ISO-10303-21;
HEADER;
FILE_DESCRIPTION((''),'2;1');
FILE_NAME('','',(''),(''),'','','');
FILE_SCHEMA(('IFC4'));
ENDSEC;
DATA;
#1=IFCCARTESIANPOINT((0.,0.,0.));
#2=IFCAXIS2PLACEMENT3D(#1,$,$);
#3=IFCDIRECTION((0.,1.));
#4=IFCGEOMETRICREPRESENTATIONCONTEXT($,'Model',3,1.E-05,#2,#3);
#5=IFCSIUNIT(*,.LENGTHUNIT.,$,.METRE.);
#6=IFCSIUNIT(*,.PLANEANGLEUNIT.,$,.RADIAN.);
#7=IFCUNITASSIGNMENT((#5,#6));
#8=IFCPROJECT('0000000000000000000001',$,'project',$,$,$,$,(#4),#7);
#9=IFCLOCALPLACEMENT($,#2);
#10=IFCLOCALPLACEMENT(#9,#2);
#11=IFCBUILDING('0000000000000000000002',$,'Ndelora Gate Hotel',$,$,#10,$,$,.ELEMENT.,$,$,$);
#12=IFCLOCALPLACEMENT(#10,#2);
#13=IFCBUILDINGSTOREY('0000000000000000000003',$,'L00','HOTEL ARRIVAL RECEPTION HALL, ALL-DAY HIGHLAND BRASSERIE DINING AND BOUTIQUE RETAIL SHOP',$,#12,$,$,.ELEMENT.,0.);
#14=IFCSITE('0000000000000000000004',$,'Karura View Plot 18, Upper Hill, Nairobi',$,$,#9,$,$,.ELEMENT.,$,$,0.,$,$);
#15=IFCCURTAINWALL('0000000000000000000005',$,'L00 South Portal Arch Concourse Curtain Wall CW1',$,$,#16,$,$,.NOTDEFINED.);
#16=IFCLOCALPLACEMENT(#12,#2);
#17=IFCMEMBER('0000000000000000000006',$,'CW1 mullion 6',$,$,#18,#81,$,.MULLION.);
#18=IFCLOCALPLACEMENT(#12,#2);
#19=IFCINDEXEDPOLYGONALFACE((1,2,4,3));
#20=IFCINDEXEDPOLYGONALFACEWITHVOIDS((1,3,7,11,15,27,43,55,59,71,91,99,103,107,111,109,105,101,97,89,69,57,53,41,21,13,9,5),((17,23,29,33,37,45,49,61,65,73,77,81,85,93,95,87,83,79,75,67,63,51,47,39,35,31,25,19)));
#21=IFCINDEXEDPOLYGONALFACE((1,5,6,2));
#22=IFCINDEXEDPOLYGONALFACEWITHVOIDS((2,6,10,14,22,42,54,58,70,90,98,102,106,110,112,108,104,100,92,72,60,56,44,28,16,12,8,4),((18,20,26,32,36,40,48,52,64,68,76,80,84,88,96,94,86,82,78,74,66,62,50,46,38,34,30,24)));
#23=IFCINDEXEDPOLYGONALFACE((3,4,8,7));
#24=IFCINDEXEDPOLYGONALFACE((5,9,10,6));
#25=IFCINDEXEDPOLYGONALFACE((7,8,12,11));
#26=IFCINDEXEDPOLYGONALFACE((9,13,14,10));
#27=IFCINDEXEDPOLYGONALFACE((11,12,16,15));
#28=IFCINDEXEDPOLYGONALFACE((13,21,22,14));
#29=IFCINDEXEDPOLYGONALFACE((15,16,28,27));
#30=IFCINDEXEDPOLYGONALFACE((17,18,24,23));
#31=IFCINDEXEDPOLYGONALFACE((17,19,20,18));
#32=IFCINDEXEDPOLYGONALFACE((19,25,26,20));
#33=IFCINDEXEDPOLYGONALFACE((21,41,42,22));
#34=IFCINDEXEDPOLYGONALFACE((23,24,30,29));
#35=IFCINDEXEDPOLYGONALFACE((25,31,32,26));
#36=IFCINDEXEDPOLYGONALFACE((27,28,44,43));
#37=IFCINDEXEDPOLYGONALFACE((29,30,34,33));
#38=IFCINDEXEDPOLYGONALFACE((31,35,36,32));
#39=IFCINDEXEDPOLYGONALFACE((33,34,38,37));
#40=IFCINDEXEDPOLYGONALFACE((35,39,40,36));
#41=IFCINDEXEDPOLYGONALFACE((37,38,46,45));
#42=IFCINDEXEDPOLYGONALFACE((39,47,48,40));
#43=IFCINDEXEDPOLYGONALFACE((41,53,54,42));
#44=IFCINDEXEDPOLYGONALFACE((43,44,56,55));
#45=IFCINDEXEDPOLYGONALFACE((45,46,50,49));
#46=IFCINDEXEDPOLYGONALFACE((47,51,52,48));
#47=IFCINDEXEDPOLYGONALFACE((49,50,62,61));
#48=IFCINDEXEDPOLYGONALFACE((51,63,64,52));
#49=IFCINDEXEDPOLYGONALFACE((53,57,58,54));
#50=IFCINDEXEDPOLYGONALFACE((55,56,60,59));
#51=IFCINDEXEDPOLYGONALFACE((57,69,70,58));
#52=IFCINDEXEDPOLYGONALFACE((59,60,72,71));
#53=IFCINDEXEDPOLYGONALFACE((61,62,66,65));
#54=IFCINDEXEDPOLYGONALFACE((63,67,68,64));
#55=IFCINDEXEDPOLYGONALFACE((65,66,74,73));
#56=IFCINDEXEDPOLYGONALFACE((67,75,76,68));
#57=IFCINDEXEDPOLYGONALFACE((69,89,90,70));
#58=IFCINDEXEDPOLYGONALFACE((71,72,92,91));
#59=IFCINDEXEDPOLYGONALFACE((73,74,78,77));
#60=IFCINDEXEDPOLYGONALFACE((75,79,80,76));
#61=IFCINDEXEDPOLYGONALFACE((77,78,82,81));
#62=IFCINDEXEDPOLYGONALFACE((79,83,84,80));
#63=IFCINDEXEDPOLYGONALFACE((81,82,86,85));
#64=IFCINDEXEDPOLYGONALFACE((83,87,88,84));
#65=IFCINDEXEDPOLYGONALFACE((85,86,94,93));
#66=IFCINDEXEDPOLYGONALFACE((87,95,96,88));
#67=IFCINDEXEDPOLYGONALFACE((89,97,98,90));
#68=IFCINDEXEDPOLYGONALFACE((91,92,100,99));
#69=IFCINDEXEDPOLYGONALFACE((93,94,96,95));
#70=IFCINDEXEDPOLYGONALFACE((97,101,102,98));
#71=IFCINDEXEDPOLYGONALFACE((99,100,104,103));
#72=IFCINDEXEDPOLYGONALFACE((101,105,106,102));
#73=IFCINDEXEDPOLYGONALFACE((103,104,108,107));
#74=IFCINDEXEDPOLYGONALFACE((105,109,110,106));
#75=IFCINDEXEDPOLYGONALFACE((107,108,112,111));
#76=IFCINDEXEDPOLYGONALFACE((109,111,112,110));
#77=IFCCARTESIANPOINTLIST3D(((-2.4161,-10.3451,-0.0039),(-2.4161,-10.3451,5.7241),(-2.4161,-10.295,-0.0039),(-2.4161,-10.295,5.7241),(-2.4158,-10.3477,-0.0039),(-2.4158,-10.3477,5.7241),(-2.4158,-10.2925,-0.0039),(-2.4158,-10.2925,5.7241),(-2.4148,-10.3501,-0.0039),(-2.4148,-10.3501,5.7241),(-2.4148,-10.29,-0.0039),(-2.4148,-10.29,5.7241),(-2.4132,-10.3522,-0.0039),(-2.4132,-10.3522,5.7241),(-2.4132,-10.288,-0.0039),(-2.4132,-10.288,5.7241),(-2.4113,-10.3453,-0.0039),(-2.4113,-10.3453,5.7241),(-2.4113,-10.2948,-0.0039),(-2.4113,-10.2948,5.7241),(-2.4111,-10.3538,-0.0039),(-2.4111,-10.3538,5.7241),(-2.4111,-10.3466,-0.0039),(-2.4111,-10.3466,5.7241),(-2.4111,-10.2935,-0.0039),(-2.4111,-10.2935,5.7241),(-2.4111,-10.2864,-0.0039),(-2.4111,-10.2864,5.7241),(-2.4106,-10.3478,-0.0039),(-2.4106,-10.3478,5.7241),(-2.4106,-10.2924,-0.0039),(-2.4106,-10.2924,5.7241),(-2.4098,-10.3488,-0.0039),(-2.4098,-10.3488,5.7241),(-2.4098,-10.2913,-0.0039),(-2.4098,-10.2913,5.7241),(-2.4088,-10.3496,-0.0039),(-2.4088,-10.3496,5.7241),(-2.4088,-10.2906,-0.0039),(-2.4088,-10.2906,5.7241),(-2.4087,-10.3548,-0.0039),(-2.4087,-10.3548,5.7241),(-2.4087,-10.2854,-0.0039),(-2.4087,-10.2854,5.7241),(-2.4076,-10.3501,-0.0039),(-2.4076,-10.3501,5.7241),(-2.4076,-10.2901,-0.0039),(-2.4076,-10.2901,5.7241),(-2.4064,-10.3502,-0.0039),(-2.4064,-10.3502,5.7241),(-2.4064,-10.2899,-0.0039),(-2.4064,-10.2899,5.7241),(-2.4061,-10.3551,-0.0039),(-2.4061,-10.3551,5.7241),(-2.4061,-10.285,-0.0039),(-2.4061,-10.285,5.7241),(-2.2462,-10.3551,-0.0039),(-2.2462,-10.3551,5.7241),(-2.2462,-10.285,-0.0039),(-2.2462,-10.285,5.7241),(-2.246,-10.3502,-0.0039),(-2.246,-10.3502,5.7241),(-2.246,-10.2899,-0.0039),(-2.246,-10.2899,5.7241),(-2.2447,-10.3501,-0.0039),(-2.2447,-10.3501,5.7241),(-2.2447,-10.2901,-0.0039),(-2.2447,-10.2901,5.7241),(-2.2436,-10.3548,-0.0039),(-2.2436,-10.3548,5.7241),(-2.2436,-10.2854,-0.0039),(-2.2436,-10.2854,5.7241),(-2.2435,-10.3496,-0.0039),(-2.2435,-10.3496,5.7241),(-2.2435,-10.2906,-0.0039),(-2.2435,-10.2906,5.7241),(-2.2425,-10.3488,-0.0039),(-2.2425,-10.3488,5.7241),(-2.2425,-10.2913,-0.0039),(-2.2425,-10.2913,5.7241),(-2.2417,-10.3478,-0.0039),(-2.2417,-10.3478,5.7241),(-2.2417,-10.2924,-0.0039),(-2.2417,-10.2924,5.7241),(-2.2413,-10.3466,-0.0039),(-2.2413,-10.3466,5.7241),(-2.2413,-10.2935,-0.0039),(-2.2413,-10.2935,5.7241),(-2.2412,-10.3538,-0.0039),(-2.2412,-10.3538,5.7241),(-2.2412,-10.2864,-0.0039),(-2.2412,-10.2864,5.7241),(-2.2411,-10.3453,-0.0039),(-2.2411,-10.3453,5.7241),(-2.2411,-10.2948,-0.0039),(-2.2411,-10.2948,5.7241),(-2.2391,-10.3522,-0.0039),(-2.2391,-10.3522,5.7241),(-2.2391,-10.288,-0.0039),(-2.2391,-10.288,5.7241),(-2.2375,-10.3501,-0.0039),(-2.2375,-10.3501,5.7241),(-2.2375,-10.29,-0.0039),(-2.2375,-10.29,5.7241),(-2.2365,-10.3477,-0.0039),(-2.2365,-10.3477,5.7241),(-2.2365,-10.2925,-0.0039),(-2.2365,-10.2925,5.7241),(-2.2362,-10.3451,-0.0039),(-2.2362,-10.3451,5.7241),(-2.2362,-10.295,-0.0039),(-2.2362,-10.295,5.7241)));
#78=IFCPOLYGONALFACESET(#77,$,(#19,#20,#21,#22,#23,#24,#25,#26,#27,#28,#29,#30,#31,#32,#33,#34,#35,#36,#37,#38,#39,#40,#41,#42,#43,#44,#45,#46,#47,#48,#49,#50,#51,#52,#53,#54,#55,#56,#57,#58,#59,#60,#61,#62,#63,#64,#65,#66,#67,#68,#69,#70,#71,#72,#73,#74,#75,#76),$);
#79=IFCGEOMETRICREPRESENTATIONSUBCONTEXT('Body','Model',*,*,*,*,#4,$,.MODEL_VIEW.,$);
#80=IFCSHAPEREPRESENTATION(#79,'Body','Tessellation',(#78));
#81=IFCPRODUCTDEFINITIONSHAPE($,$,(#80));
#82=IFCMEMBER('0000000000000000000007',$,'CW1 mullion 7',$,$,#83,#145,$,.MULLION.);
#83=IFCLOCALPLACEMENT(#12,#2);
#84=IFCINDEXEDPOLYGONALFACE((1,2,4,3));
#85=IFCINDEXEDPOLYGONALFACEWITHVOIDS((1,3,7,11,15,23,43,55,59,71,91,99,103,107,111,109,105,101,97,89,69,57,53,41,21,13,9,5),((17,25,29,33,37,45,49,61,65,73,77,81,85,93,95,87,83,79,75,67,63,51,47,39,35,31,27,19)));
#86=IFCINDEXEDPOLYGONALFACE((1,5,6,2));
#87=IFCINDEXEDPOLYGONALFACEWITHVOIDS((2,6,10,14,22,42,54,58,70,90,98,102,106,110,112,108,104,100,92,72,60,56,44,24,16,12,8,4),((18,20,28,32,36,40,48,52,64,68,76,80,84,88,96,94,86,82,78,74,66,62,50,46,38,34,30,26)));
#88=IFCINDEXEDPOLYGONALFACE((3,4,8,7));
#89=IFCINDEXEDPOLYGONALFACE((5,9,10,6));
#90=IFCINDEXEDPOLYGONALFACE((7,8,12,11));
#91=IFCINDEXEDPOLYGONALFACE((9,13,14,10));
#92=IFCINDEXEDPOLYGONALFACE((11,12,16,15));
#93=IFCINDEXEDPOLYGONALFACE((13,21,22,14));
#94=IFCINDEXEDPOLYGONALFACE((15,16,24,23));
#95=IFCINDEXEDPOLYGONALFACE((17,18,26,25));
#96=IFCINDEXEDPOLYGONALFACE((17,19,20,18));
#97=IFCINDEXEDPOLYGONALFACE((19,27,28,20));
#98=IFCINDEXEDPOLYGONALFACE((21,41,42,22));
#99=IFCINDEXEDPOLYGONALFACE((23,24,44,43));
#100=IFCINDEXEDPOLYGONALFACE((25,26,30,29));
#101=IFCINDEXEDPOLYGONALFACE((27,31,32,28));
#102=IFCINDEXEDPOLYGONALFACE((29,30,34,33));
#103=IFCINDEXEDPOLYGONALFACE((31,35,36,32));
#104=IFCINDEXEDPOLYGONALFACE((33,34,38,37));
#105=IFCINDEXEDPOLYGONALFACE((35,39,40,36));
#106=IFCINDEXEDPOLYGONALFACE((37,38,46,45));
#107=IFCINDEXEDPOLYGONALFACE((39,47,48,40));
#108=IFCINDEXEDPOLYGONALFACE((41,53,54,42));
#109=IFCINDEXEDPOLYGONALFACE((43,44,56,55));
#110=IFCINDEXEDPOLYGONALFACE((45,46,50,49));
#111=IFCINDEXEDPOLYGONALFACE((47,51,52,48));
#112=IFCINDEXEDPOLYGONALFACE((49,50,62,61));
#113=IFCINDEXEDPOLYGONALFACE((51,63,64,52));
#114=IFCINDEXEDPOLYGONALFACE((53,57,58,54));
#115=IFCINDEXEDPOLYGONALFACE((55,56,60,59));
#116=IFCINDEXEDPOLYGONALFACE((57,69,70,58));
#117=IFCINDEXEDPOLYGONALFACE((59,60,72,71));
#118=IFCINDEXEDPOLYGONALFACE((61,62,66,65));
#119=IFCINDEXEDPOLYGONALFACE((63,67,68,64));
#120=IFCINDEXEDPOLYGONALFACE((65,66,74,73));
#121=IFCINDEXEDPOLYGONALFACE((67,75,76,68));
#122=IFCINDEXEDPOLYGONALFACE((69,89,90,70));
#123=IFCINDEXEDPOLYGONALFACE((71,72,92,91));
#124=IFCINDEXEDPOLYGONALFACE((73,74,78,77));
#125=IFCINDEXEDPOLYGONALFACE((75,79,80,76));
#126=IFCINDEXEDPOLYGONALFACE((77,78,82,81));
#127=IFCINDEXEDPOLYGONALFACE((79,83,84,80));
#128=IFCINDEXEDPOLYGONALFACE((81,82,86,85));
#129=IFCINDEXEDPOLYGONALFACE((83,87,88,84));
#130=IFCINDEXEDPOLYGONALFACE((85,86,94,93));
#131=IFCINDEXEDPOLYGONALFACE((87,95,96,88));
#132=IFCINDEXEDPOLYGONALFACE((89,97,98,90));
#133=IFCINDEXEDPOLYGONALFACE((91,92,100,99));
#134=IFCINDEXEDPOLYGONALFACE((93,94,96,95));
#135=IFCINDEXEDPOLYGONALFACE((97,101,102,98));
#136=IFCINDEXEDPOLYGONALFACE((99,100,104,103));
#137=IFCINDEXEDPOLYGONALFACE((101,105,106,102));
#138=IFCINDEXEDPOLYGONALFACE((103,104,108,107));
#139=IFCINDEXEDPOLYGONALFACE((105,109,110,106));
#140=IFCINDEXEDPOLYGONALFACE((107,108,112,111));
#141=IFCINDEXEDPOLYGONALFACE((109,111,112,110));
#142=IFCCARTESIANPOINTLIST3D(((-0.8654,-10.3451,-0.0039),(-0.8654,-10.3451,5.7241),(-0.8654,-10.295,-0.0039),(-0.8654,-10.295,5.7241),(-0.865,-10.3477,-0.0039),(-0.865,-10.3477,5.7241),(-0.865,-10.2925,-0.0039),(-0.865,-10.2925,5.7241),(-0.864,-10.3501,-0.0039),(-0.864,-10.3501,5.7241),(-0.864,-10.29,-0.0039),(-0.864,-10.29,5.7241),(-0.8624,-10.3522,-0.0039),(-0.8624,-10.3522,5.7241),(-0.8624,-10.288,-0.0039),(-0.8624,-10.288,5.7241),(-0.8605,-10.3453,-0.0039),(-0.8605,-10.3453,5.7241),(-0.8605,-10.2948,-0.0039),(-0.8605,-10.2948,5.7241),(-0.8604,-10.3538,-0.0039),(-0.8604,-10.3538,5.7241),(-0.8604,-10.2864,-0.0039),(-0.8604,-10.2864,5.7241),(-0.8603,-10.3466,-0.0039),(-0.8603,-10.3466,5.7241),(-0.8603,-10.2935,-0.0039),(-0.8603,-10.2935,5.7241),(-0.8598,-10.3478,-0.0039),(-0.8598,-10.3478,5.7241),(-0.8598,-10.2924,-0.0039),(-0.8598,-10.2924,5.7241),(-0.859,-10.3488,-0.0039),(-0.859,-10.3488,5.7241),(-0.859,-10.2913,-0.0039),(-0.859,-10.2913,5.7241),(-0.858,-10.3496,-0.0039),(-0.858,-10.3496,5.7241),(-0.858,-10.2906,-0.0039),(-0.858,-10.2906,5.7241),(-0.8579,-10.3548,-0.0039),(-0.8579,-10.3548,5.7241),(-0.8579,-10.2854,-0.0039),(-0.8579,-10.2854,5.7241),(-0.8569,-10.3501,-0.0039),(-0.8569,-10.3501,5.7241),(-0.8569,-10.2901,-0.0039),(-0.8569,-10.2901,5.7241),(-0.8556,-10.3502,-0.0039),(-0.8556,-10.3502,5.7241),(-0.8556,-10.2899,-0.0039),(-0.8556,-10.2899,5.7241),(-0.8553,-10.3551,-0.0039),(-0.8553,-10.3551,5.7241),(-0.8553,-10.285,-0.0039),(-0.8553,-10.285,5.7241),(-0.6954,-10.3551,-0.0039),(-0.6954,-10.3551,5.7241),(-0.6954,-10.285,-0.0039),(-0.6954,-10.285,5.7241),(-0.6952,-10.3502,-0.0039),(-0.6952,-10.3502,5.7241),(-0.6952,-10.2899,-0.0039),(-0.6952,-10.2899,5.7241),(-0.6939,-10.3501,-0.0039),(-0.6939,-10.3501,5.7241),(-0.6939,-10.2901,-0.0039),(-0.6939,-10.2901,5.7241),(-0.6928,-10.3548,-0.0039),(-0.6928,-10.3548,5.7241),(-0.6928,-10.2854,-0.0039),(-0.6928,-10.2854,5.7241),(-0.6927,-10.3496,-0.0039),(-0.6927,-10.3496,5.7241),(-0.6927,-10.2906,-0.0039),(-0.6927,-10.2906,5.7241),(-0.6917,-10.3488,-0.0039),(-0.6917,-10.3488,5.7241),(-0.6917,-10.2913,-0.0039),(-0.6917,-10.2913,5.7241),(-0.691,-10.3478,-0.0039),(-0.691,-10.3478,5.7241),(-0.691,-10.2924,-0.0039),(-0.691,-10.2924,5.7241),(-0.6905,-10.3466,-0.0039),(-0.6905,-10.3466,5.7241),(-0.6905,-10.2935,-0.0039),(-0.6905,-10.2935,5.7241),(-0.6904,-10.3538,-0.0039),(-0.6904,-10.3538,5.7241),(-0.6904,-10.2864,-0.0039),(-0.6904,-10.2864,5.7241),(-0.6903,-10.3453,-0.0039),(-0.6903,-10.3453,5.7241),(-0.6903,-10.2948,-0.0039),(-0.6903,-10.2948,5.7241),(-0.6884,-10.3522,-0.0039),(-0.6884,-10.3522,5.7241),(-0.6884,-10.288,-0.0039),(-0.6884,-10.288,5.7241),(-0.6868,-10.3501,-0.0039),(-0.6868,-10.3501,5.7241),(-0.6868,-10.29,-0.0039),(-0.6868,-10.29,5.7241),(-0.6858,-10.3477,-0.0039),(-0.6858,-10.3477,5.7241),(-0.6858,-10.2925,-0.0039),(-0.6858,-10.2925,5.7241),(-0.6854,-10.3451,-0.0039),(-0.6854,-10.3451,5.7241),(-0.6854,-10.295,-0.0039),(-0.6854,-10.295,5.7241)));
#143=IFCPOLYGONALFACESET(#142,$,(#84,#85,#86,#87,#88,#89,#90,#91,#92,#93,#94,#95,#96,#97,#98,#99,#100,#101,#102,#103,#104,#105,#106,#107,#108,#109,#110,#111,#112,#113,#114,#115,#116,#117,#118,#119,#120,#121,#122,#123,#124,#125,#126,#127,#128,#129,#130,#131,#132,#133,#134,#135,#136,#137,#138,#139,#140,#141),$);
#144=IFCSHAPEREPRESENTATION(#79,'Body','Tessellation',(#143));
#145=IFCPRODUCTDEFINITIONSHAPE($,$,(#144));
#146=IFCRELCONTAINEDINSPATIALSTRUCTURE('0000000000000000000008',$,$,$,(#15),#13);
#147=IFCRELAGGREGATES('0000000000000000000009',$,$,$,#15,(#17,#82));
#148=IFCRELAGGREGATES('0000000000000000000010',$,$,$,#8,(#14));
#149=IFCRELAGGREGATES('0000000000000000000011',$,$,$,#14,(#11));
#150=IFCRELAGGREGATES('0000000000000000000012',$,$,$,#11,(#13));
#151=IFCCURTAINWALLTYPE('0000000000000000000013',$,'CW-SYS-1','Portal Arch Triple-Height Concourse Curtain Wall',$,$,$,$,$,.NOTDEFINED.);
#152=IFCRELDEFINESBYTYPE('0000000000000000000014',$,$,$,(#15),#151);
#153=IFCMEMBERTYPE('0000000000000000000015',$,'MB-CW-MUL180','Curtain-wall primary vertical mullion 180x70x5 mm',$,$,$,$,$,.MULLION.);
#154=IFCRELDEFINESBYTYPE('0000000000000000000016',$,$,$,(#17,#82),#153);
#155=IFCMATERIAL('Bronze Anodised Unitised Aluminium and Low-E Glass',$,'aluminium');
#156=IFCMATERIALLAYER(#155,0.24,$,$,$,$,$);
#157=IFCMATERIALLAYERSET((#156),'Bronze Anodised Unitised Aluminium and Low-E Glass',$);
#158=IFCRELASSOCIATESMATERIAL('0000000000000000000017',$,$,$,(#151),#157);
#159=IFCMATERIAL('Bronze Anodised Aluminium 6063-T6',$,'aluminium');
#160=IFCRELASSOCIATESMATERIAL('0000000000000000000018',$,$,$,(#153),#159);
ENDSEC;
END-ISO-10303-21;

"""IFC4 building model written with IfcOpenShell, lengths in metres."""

from ifc_helpers import new_model, si_unit, direction, frame, origin, origin_2d, place, context, subcontext, project, spatial, hollow_rectangle, extrude, material, layer, layer_set, material_profile, profile_set, type_object, element, aggregate, save


model = new_model("IFC4")

# Units and contexts
model_context = context("Model", 3, precision=1e-05, world=origin(), true_north=direction((0.0, 1.0)))
body_context = subcontext(model_context, "Body", "Model", "MODEL_VIEW")
ifc_project = project(units=[si_unit("LENGTHUNIT", "METRE"), si_unit("PLANEANGLEUNIT", "RADIAN")], contexts=[model_context])

# Site, building, storey
site_placement = place(None, origin())
site = spatial("IfcSite", under=ifc_project, at=site_placement, Name="Karura View Plot 18, Upper Hill, Nairobi", CompositionType="ELEMENT", RefElevation=0.0)
building_placement = place(site_placement, origin())
building = spatial("IfcBuilding", under=site, at=building_placement, Name="Ndelora Gate Hotel", CompositionType="ELEMENT")
storey_placement = place(building_placement, origin())
storey = spatial("IfcBuildingStorey", under=building, at=storey_placement, Name="L00", Description="HOTEL ARRIVAL RECEPTION HALL, ALL-DAY HIGHLAND BRASSERIE DINING AND BOUTIQUE RETAIL SHOP", CompositionType="ELEMENT", Elevation=0.0)

# Curtain wall, members
ifc_material_1 = material(Name="Bronze Anodised Unitised Aluminium and Low-E Glass", Category="aluminium")
ifc_layer_1 = layer(ifc_material_1, 0.24)
ifc_layer_set_1 = layer_set([ifc_layer_1], Name="Bronze Anodised Unitised Aluminium and Low-E Glass")
curtain_wall_type = type_object("IfcCurtainWallType", Name="CW-SYS-1", Description="Portal Arch Triple-Height Concourse Curtain Wall", PredefinedType="NOTDEFINED", material=ifc_layer_set_1)
curtain_wall_placement = place(storey_placement, origin())
curtain_wall = element("IfcCurtainWall", 1, at=curtain_wall_placement, inside=storey, type_object=curtain_wall_type, Name="L00 South Portal Arch Concourse Curtain Wall CW1", PredefinedType="NOTDEFINED")
ifc_material_2 = material(Name="Bronze Anodised Aluminium 6063-T6", Category="aluminium")
ifc_material_profile_1 = material_profile(ifc_material_2, hollow_rectangle(XDim=0.0701, YDim=0.1799, WallThickness=0.0049, InnerFilletRadius=0.0049, OuterFilletRadius=0.01, at=origin_2d()), Name="ALU 180x70x5")
ifc_profile_set_1 = profile_set([ifc_material_profile_1], Name="Bronze Anodised Aluminium 6063-T6")
member_type_1 = type_object("IfcMemberType", Name="MB-CW-MUL180", Description="Curtain-wall primary vertical mullion 180x70x5 mm", PredefinedType="MULLION", material=ifc_profile_set_1)
member_1_placement = place(storey_placement, frame((-2.3262, -10.3201, -0.0039), z_axis=(0.0, 0.0, 1.0), x_axis=(0.0, 1.0, 0.0)))
member_1 = element("IfcMember", 2, at=member_1_placement, type_object=member_type_1, Name="CW1 mullion 6", PredefinedType="MULLION", context=body_context, shape_type="SweptSolid", body=[
    extrude(hollow_rectangle(XDim=0.0701, YDim=0.1799, WallThickness=0.0049, InnerFilletRadius=0.0049, OuterFilletRadius=0.01, at=origin_2d()), origin(), (0.0, 0.0, 1.0), 5.728),
])
member_2_placement = place(storey_placement, frame((-0.7754, -10.3201, -0.0039), z_axis=(0.0, 0.0, 1.0), x_axis=(0.0, 1.0, 0.0)))
member_2 = element("IfcMember", 3, at=member_2_placement, type_object=member_type_1, Name="CW1 mullion 7", PredefinedType="MULLION", context=body_context, shape_type="SweptSolid", body=[
    extrude(hollow_rectangle(XDim=0.0701, YDim=0.1799, WallThickness=0.0049, InnerFilletRadius=0.0049, OuterFilletRadius=0.01, at=origin_2d()), origin(), (0.0, 0.0, 1.0), 5.728),
])
aggregate(curtain_wall, [member_1, member_2])

save(model, "model.ifc")
